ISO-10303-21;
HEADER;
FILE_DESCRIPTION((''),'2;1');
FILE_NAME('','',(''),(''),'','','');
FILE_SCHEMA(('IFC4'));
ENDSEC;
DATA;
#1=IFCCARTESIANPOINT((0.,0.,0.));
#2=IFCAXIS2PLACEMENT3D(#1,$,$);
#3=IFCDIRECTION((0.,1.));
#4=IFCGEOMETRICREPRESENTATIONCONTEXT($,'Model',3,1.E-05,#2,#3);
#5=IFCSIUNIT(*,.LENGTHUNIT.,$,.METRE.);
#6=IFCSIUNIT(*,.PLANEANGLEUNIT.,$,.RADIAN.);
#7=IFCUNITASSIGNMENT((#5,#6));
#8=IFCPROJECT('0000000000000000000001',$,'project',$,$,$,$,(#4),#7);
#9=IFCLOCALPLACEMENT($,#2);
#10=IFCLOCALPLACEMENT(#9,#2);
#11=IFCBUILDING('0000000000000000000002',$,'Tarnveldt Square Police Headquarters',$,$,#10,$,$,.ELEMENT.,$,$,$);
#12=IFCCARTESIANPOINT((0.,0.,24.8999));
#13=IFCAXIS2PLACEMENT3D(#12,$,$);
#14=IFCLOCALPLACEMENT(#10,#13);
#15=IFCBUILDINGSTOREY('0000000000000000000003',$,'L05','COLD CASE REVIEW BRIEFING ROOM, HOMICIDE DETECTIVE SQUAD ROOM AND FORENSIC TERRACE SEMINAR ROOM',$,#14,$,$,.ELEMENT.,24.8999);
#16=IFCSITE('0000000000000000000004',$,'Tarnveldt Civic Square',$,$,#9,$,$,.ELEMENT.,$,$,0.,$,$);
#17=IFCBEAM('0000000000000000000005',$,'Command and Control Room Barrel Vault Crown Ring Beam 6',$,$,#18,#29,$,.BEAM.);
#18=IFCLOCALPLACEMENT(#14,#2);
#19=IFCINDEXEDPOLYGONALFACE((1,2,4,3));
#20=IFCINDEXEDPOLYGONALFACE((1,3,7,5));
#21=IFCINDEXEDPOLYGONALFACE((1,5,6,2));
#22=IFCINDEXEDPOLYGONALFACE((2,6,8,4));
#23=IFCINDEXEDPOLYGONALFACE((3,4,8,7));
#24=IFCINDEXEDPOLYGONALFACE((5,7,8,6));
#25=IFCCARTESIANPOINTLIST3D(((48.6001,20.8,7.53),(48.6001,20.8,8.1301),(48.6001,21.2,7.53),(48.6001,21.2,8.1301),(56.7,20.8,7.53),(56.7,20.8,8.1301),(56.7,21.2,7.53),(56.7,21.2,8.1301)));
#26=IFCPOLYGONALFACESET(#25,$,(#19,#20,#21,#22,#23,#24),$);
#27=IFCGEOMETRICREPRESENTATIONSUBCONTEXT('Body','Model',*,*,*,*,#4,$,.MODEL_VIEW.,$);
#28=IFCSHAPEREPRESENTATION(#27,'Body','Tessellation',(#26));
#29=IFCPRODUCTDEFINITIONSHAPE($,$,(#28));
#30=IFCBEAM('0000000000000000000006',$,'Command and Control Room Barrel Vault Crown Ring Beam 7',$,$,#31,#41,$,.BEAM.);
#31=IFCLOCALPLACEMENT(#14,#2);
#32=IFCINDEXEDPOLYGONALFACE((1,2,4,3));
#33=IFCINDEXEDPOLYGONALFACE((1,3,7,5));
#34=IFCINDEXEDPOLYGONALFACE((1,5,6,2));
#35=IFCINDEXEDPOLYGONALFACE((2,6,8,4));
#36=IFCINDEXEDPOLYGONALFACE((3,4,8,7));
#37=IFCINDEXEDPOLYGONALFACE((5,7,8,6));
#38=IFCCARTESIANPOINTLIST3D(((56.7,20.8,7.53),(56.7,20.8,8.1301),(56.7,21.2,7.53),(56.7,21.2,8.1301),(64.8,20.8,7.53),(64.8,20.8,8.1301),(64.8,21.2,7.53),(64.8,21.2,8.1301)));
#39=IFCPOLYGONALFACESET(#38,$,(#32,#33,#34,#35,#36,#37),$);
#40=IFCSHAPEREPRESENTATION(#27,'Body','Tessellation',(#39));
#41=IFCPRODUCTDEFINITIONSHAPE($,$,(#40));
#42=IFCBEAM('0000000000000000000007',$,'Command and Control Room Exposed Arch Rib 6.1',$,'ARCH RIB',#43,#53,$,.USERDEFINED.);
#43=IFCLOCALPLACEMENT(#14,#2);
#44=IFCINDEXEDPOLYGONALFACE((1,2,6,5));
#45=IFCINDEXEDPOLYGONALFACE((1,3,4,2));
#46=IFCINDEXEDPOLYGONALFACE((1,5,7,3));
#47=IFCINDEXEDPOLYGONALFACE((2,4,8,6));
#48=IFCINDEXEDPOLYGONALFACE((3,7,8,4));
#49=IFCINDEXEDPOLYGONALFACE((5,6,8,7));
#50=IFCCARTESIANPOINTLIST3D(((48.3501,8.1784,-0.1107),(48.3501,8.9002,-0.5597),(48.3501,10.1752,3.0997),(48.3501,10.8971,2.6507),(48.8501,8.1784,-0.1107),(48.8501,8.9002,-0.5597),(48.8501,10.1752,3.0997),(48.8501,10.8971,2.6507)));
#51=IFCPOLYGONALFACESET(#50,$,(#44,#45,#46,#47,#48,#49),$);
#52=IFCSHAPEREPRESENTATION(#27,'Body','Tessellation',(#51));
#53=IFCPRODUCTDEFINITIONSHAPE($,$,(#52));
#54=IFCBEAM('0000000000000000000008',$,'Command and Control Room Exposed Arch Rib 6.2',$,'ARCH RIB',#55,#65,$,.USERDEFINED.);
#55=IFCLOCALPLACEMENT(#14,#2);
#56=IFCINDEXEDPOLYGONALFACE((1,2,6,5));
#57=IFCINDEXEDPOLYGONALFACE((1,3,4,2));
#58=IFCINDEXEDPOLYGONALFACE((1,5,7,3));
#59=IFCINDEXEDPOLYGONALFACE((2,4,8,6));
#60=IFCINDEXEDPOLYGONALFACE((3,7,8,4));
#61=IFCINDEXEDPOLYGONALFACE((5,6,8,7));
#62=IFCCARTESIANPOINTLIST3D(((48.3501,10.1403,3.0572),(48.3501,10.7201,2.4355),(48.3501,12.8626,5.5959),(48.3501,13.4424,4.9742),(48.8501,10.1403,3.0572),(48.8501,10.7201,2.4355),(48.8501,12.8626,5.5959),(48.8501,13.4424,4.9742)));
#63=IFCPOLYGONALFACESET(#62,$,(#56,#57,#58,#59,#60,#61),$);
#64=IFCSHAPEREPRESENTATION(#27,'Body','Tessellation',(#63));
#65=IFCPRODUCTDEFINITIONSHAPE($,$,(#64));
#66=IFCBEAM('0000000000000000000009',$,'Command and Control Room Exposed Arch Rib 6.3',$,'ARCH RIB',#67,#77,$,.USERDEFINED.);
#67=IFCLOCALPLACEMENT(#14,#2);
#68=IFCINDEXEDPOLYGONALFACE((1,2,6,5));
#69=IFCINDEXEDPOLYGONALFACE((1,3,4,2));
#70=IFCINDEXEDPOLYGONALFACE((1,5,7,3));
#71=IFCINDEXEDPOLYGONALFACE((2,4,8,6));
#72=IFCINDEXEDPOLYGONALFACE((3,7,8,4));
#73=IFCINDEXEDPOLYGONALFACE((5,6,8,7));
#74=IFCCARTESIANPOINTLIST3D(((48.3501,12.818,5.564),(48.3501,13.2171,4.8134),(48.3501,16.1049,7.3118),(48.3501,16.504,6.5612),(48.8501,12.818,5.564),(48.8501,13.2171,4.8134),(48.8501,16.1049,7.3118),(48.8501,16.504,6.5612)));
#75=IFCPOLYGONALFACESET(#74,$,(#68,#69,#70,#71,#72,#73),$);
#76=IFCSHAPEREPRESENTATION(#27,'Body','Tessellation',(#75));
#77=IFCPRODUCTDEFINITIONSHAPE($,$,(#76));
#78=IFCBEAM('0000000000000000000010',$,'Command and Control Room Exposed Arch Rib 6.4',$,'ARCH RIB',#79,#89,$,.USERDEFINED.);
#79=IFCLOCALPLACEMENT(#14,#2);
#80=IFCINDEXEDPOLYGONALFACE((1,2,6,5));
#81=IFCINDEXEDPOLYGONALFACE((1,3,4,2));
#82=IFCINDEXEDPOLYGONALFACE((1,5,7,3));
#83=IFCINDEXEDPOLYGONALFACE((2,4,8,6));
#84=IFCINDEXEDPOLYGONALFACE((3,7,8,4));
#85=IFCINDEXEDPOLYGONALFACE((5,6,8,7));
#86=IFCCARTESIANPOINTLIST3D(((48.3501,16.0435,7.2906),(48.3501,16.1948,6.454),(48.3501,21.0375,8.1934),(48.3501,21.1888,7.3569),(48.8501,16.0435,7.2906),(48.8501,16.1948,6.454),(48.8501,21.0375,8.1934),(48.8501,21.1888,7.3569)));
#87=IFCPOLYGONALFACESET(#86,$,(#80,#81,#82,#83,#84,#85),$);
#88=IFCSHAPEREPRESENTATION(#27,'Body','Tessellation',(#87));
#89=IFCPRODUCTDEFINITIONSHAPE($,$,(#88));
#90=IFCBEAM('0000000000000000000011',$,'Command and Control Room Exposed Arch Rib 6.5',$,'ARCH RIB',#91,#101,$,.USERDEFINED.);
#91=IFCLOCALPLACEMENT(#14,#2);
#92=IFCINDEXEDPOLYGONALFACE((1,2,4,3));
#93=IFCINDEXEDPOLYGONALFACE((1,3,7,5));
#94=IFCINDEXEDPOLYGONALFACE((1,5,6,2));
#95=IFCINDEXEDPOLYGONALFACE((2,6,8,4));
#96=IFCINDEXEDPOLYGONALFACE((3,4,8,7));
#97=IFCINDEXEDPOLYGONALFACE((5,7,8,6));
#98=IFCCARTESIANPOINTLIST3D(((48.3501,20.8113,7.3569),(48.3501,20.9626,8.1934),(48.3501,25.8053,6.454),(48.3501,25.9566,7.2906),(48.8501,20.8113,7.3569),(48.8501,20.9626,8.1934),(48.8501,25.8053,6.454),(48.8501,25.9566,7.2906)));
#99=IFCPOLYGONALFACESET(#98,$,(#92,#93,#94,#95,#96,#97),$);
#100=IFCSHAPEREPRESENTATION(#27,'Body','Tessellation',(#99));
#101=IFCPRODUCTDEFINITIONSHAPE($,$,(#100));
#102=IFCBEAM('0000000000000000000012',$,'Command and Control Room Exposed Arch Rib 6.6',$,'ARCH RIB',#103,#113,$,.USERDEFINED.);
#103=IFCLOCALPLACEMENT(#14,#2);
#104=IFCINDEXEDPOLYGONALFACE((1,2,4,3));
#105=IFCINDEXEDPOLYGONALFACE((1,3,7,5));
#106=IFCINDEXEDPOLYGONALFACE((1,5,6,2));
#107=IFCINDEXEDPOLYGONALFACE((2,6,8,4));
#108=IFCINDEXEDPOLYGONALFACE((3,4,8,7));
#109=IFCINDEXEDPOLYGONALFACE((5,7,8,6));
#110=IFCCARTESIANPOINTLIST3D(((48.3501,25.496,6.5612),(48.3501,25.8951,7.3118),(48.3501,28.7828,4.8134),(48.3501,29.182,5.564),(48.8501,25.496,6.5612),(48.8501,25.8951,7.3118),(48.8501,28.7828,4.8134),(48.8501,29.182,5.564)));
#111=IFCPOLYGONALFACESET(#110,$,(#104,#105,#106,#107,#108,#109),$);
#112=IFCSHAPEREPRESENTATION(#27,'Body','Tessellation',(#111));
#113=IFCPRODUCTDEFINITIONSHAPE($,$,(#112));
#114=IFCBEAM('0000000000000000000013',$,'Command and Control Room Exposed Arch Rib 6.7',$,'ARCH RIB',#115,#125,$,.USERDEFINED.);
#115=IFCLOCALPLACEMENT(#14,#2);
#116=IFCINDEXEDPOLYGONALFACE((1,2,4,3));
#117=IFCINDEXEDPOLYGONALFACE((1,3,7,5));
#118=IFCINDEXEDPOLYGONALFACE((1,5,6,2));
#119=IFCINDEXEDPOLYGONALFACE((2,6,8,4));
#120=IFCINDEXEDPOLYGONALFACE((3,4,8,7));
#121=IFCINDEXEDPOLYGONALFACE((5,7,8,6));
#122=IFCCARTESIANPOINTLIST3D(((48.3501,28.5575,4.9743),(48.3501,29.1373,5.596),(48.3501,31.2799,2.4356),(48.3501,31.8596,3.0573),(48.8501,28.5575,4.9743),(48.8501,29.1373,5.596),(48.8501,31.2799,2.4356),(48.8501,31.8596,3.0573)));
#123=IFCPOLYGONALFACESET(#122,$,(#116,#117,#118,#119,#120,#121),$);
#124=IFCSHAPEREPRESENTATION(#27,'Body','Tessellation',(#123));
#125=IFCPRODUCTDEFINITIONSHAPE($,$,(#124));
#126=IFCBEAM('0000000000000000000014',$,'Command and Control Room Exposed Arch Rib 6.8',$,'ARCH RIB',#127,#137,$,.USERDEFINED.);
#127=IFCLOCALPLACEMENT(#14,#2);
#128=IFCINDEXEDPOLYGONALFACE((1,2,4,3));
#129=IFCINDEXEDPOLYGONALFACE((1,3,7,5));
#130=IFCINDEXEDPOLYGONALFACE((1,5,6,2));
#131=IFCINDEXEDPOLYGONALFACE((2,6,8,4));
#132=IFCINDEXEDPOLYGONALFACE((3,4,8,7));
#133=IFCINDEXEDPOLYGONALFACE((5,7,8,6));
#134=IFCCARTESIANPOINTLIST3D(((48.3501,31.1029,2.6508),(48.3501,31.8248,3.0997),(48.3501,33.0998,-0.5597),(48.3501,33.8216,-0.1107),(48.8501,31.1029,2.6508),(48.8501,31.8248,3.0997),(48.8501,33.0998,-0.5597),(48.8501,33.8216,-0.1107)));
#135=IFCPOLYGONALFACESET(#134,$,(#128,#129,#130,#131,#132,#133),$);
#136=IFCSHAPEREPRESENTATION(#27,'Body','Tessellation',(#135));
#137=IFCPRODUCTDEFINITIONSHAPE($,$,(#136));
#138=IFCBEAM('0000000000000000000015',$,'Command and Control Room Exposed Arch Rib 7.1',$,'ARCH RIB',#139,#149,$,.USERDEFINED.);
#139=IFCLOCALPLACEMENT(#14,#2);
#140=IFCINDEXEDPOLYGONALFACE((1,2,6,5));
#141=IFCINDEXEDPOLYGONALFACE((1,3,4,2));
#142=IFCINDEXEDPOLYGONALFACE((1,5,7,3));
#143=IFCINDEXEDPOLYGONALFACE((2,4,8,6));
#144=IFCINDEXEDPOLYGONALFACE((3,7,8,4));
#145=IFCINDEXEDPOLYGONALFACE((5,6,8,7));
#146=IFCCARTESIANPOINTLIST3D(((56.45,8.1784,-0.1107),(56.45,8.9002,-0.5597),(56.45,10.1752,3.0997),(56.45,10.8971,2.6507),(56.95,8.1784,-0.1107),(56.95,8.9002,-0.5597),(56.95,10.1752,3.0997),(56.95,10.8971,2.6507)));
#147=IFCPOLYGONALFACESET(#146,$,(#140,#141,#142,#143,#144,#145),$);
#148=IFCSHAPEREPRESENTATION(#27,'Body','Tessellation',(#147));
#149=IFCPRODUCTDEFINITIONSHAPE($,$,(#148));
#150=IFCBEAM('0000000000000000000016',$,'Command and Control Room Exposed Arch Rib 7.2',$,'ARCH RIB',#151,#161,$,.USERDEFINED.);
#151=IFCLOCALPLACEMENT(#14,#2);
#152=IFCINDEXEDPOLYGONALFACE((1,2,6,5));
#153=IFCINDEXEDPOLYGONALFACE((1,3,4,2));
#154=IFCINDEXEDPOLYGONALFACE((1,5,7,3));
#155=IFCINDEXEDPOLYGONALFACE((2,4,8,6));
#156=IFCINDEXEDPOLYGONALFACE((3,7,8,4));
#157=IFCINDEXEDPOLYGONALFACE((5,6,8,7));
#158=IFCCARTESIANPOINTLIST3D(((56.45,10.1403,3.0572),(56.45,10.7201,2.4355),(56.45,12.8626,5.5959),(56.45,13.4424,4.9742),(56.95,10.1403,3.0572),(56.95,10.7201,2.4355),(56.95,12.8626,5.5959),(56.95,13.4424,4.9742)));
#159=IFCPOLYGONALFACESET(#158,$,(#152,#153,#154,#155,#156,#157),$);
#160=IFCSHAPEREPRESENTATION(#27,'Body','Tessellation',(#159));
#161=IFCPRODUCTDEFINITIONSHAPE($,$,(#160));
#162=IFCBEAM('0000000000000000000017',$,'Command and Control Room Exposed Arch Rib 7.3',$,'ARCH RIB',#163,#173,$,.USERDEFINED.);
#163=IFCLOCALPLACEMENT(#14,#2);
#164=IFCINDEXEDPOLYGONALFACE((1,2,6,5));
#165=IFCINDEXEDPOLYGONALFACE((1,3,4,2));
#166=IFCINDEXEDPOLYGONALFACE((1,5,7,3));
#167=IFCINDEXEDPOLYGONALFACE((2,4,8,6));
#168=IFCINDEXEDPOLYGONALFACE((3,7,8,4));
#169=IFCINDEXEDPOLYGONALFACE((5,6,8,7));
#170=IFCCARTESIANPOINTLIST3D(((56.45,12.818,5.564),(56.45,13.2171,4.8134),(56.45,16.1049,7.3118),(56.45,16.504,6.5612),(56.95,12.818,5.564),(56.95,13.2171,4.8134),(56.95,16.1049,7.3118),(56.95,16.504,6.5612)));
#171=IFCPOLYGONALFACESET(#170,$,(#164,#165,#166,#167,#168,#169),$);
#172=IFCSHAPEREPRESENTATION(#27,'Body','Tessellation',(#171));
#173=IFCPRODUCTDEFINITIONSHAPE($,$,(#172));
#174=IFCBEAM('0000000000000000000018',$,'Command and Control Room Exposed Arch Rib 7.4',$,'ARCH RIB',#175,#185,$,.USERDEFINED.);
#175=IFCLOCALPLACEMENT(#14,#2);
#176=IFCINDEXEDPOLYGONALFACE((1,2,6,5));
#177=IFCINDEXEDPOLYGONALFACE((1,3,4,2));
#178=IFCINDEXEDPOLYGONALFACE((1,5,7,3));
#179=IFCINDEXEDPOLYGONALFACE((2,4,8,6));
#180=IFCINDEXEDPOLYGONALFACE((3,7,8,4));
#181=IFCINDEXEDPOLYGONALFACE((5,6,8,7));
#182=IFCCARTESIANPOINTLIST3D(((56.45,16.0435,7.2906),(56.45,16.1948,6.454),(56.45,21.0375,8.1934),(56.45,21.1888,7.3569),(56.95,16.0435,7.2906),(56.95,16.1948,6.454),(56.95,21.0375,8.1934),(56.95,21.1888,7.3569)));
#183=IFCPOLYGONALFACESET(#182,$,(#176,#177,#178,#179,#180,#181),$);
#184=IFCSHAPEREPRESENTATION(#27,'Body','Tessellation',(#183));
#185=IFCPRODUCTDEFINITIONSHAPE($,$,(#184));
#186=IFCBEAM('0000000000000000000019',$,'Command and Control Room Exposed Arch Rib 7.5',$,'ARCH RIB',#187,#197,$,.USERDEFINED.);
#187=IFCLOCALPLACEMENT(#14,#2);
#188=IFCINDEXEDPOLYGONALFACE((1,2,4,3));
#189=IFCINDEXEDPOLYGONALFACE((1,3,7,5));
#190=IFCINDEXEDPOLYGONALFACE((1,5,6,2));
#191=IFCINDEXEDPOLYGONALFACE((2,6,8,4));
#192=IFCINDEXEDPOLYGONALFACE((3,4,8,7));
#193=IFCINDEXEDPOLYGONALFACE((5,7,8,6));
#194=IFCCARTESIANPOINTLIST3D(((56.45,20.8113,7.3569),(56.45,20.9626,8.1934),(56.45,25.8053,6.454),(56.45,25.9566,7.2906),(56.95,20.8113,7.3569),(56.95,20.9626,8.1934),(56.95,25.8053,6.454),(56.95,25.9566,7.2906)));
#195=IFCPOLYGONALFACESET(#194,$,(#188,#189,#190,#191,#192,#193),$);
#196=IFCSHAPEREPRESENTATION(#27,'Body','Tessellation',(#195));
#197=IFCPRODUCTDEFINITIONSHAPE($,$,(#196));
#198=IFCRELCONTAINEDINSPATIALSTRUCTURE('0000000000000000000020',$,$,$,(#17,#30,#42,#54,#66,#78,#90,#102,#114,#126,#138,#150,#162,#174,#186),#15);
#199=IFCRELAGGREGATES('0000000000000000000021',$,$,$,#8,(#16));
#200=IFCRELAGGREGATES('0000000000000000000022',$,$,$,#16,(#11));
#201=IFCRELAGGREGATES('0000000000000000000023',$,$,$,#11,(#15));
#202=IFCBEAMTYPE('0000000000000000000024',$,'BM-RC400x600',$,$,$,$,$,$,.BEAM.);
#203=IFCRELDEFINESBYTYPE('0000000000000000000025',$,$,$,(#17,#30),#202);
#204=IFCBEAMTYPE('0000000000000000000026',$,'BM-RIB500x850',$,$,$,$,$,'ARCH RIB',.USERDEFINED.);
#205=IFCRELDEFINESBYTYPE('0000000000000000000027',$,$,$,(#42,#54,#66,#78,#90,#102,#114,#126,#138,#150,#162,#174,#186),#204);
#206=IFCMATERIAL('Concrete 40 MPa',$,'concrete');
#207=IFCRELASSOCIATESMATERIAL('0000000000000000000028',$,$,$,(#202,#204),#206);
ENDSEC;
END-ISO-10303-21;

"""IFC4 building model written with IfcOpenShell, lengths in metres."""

from ifc_helpers import new_model, si_unit, direction, frame, origin, origin_2d, place, context, subcontext, project, spatial, rectangle, extrude, material, material_profile, profile_set, type_object, element, save


model = new_model("IFC4")

# Units and contexts
model_context = context("Model", 3, precision=1e-05, world=origin(), true_north=direction((0.0, 1.0)))
body_context = subcontext(model_context, "Body", "Model", "MODEL_VIEW")
ifc_project = project(units=[si_unit("LENGTHUNIT", "METRE"), si_unit("PLANEANGLEUNIT", "RADIAN")], contexts=[model_context])

# Site, building, storey
site_placement = place(None, origin())
site = spatial("IfcSite", under=ifc_project, at=site_placement, Name="Tarnveldt Civic Square", CompositionType="ELEMENT", RefElevation=0.0)
building_placement = place(site_placement, origin())
building = spatial("IfcBuilding", under=site, at=building_placement, Name="Tarnveldt Square Police Headquarters", CompositionType="ELEMENT")
storey_placement = place(building_placement, frame((0.0, 0.0, 24.8999)))
storey = spatial("IfcBuildingStorey", under=building, at=storey_placement, Name="L05", Description="COLD CASE REVIEW BRIEFING ROOM, HOMICIDE DETECTIVE SQUAD ROOM AND FORENSIC TERRACE SEMINAR ROOM", CompositionType="ELEMENT", Elevation=24.8999)

# Beams
ifc_material = material(Name="Concrete 40 MPa", Category="concrete")
ifc_material_profile_1 = material_profile(ifc_material, rectangle(XDim=0.3999, YDim=0.6001, at=origin_2d()), Name="RC-B400x600")
ifc_profile_set_1 = profile_set([ifc_material_profile_1], Name="Concrete 40 MPa")
beam_type_1 = type_object("IfcBeamType", Name="BM-RC400x600", PredefinedType="BEAM", material=ifc_profile_set_1)
beam_1_placement = place(storey_placement, frame((48.6001, 21.0, 7.8301), z_axis=(1.0, 0.0, 0.0), x_axis=(0.0, 1.0, 0.0)))
element("IfcBeam", 1, at=beam_1_placement, inside=storey, type_object=beam_type_1, Name="Command and Control Room Barrel Vault Crown Ring Beam 6", PredefinedType="BEAM", context=body_context, shape_type="SweptSolid", body=[
    extrude(rectangle(XDim=0.3999, YDim=0.6001, at=origin_2d()), origin(), (0.0, 0.0, 1.0), 8.0999),
])
beam_2_placement = place(storey_placement, frame((56.7, 21.0, 7.8301), z_axis=(1.0, 0.0, 0.0), x_axis=(0.0, 1.0, 0.0)))
element("IfcBeam", 2, at=beam_2_placement, inside=storey, type_object=beam_type_1, Name="Command and Control Room Barrel Vault Crown Ring Beam 7", PredefinedType="BEAM", context=body_context, shape_type="SweptSolid", body=[
    extrude(rectangle(XDim=0.3999, YDim=0.6001, at=origin_2d()), origin(), (0.0, 0.0, 1.0), 8.1001),
])
ifc_material_profile_2 = material_profile(ifc_material, rectangle(XDim=0.5, YDim=0.8501, at=origin_2d()), Name="RC-RIB500x850")
ifc_profile_set_2 = profile_set([ifc_material_profile_2], Name="Concrete 40 MPa")
beam_type_2 = type_object("IfcBeamType", Name="BM-RIB500x850", ElementType="ARCH RIB", PredefinedType="USERDEFINED", material=ifc_profile_set_2)
beam_3_placement = place(storey_placement, frame((48.6001, 8.5393, -0.3352), z_axis=(0.0, 0.528152, 0.84915), x_axis=(-1.0, 0.0, 0.0)))
element("IfcBeam", 3, at=beam_3_placement, inside=storey, type_object=beam_type_2, Name="Command and Control Room Exposed Arch Rib 6.1", ObjectType="ARCH RIB", PredefinedType="USERDEFINED", context=body_context, shape_type="SweptSolid", body=[
    extrude(rectangle(XDim=0.5, YDim=0.8501, at=origin_2d()), origin(), (0.0, 0.0, 1.0), 3.7808),
])
beam_4_placement = place(storey_placement, frame((48.6001, 10.4302, 2.7463), z_axis=(0.0, 0.731337, 0.682017), x_axis=(-1.0, 0.0, 0.0)))
element("IfcBeam", 4, at=beam_4_placement, inside=storey, type_object=beam_type_2, Name="Command and Control Room Exposed Arch Rib 6.2", ObjectType="ARCH RIB", PredefinedType="USERDEFINED", context=body_context, shape_type="SweptSolid", body=[
    extrude(rectangle(XDim=0.5, YDim=0.8501, at=origin_2d()), origin(), (0.0, 0.0, 1.0), 3.7224),
])
beam_5_placement = place(storey_placement, frame((48.6001, 13.0176, 5.1887), z_axis=(0.0, 0.882931, 0.469502), x_axis=(-1.0, 0.0, 0.0)))
element("IfcBeam", 5, at=beam_5_placement, inside=storey, type_object=beam_type_2, Name="Command and Control Room Exposed Arch Rib 6.3", ObjectType="ARCH RIB", PredefinedType="USERDEFINED", context=body_context, shape_type="SweptSolid", body=[
    extrude(rectangle(XDim=0.5, YDim=0.8501, at=origin_2d()), origin(), (0.0, 0.0, 1.0), 3.7227),
])
for number, where, z_axis, x_axis, name in (
    (6, (48.6001, 16.1191, 6.8723), (0.0, 0.984048, 0.177903), (-1.0, 0.0, 0.0), "Command and Control Room Exposed Arch Rib 6.4"),
    (7, (48.6001, 20.887, 7.7751), (0.0, 0.984048, -0.177903), (-1.0, 0.0, 0.0), "Command and Control Room Exposed Arch Rib 6.5"),
):
    element("IfcBeam", number, at=place(storey_placement, frame(where, z_axis=z_axis, x_axis=x_axis)), inside=storey, type_object=beam_type_2, Name=name, ObjectType="ARCH RIB", PredefinedType="USERDEFINED", context=body_context, shape_type="SweptSolid", body=[
        extrude(rectangle(XDim=0.5, YDim=0.8501, at=origin_2d()), origin(), (0.0, 0.0, 1.0), 5.075),
    ])
beam_6_placement = place(storey_placement, frame((48.6001, 25.6956, 6.9365), z_axis=(0.0, 0.882931, -0.469502), x_axis=(-1.0, 0.0, 0.0)))
element("IfcBeam", 8, at=beam_6_placement, inside=storey, type_object=beam_type_2, Name="Command and Control Room Exposed Arch Rib 6.6", ObjectType="ARCH RIB", PredefinedType="USERDEFINED", context=body_context, shape_type="SweptSolid", body=[
    extrude(rectangle(XDim=0.5, YDim=0.8501, at=origin_2d()), origin(), (0.0, 0.0, 1.0), 3.7227),
])
beam_7_placement = place(storey_placement, frame((48.6001, 28.8474, 5.2852), z_axis=(0.0, 0.731337, -0.682017), x_axis=(-1.0, 0.0, 0.0)))
element("IfcBeam", 9, at=beam_7_placement, inside=storey, type_object=beam_type_2, Name="Command and Control Room Exposed Arch Rib 6.7", ObjectType="ARCH RIB", PredefinedType="USERDEFINED", context=body_context, shape_type="SweptSolid", body=[
    extrude(rectangle(XDim=0.5, YDim=0.8501, at=origin_2d()), origin(), (0.0, 0.0, 1.0), 3.7224),
])
for number, where, z_axis, x_axis, name in (
    (10, (48.6001, 31.4639, 2.8752), (0.0, 0.528152, -0.84915), (-1.0, 0.0, 0.0), "Command and Control Room Exposed Arch Rib 6.8"),
    (11, (56.7, 8.5393, -0.3352), (0.0, 0.528152, 0.84915), (-1.0, 0.0, 0.0), "Command and Control Room Exposed Arch Rib 7.1"),
):
    element("IfcBeam", number, at=place(storey_placement, frame(where, z_axis=z_axis, x_axis=x_axis)), inside=storey, type_object=beam_type_2, Name=name, ObjectType="ARCH RIB", PredefinedType="USERDEFINED", context=body_context, shape_type="SweptSolid", body=[
        extrude(rectangle(XDim=0.5, YDim=0.8501, at=origin_2d()), origin(), (0.0, 0.0, 1.0), 3.7808),
    ])
beam_8_placement = place(storey_placement, frame((56.7, 10.4302, 2.7463), z_axis=(0.0, 0.731337, 0.682017), x_axis=(-1.0, 0.0, 0.0)))
element("IfcBeam", 12, at=beam_8_placement, inside=storey, type_object=beam_type_2, Name="Command and Control Room Exposed Arch Rib 7.2", ObjectType="ARCH RIB", PredefinedType="USERDEFINED", context=body_context, shape_type="SweptSolid", body=[
    extrude(rectangle(XDim=0.5, YDim=0.8501, at=origin_2d()), origin(), (0.0, 0.0, 1.0), 3.7224),
])
beam_9_placement = place(storey_placement, frame((56.7, 13.0176, 5.1887), z_axis=(0.0, 0.882931, 0.469502), x_axis=(-1.0, 0.0, 0.0)))
element("IfcBeam", 13, at=beam_9_placement, inside=storey, type_object=beam_type_2, Name="Command and Control Room Exposed Arch Rib 7.3", ObjectType="ARCH RIB", PredefinedType="USERDEFINED", context=body_context, shape_type="SweptSolid", body=[
    extrude(rectangle(XDim=0.5, YDim=0.8501, at=origin_2d()), origin(), (0.0, 0.0, 1.0), 3.7227),
])
for number, where, z_axis, x_axis, name in (
    (14, (56.7, 16.1191, 6.8723), (0.0, 0.984048, 0.177903), (-1.0, 0.0, 0.0), "Command and Control Room Exposed Arch Rib 7.4"),
    (15, (56.7, 20.887, 7.7751), (0.0, 0.984048, -0.177903), (-1.0, 0.0, 0.0), "Command and Control Room Exposed Arch Rib 7.5"),
):
    element("IfcBeam", number, at=place(storey_placement, frame(where, z_axis=z_axis, x_axis=x_axis)), inside=storey, type_object=beam_type_2, Name=name, ObjectType="ARCH RIB", PredefinedType="USERDEFINED", context=body_context, shape_type="SweptSolid", body=[
        extrude(rectangle(XDim=0.5, YDim=0.8501, at=origin_2d()), origin(), (0.0, 0.0, 1.0), 5.075),
    ])

save(model, "model.ifc")
